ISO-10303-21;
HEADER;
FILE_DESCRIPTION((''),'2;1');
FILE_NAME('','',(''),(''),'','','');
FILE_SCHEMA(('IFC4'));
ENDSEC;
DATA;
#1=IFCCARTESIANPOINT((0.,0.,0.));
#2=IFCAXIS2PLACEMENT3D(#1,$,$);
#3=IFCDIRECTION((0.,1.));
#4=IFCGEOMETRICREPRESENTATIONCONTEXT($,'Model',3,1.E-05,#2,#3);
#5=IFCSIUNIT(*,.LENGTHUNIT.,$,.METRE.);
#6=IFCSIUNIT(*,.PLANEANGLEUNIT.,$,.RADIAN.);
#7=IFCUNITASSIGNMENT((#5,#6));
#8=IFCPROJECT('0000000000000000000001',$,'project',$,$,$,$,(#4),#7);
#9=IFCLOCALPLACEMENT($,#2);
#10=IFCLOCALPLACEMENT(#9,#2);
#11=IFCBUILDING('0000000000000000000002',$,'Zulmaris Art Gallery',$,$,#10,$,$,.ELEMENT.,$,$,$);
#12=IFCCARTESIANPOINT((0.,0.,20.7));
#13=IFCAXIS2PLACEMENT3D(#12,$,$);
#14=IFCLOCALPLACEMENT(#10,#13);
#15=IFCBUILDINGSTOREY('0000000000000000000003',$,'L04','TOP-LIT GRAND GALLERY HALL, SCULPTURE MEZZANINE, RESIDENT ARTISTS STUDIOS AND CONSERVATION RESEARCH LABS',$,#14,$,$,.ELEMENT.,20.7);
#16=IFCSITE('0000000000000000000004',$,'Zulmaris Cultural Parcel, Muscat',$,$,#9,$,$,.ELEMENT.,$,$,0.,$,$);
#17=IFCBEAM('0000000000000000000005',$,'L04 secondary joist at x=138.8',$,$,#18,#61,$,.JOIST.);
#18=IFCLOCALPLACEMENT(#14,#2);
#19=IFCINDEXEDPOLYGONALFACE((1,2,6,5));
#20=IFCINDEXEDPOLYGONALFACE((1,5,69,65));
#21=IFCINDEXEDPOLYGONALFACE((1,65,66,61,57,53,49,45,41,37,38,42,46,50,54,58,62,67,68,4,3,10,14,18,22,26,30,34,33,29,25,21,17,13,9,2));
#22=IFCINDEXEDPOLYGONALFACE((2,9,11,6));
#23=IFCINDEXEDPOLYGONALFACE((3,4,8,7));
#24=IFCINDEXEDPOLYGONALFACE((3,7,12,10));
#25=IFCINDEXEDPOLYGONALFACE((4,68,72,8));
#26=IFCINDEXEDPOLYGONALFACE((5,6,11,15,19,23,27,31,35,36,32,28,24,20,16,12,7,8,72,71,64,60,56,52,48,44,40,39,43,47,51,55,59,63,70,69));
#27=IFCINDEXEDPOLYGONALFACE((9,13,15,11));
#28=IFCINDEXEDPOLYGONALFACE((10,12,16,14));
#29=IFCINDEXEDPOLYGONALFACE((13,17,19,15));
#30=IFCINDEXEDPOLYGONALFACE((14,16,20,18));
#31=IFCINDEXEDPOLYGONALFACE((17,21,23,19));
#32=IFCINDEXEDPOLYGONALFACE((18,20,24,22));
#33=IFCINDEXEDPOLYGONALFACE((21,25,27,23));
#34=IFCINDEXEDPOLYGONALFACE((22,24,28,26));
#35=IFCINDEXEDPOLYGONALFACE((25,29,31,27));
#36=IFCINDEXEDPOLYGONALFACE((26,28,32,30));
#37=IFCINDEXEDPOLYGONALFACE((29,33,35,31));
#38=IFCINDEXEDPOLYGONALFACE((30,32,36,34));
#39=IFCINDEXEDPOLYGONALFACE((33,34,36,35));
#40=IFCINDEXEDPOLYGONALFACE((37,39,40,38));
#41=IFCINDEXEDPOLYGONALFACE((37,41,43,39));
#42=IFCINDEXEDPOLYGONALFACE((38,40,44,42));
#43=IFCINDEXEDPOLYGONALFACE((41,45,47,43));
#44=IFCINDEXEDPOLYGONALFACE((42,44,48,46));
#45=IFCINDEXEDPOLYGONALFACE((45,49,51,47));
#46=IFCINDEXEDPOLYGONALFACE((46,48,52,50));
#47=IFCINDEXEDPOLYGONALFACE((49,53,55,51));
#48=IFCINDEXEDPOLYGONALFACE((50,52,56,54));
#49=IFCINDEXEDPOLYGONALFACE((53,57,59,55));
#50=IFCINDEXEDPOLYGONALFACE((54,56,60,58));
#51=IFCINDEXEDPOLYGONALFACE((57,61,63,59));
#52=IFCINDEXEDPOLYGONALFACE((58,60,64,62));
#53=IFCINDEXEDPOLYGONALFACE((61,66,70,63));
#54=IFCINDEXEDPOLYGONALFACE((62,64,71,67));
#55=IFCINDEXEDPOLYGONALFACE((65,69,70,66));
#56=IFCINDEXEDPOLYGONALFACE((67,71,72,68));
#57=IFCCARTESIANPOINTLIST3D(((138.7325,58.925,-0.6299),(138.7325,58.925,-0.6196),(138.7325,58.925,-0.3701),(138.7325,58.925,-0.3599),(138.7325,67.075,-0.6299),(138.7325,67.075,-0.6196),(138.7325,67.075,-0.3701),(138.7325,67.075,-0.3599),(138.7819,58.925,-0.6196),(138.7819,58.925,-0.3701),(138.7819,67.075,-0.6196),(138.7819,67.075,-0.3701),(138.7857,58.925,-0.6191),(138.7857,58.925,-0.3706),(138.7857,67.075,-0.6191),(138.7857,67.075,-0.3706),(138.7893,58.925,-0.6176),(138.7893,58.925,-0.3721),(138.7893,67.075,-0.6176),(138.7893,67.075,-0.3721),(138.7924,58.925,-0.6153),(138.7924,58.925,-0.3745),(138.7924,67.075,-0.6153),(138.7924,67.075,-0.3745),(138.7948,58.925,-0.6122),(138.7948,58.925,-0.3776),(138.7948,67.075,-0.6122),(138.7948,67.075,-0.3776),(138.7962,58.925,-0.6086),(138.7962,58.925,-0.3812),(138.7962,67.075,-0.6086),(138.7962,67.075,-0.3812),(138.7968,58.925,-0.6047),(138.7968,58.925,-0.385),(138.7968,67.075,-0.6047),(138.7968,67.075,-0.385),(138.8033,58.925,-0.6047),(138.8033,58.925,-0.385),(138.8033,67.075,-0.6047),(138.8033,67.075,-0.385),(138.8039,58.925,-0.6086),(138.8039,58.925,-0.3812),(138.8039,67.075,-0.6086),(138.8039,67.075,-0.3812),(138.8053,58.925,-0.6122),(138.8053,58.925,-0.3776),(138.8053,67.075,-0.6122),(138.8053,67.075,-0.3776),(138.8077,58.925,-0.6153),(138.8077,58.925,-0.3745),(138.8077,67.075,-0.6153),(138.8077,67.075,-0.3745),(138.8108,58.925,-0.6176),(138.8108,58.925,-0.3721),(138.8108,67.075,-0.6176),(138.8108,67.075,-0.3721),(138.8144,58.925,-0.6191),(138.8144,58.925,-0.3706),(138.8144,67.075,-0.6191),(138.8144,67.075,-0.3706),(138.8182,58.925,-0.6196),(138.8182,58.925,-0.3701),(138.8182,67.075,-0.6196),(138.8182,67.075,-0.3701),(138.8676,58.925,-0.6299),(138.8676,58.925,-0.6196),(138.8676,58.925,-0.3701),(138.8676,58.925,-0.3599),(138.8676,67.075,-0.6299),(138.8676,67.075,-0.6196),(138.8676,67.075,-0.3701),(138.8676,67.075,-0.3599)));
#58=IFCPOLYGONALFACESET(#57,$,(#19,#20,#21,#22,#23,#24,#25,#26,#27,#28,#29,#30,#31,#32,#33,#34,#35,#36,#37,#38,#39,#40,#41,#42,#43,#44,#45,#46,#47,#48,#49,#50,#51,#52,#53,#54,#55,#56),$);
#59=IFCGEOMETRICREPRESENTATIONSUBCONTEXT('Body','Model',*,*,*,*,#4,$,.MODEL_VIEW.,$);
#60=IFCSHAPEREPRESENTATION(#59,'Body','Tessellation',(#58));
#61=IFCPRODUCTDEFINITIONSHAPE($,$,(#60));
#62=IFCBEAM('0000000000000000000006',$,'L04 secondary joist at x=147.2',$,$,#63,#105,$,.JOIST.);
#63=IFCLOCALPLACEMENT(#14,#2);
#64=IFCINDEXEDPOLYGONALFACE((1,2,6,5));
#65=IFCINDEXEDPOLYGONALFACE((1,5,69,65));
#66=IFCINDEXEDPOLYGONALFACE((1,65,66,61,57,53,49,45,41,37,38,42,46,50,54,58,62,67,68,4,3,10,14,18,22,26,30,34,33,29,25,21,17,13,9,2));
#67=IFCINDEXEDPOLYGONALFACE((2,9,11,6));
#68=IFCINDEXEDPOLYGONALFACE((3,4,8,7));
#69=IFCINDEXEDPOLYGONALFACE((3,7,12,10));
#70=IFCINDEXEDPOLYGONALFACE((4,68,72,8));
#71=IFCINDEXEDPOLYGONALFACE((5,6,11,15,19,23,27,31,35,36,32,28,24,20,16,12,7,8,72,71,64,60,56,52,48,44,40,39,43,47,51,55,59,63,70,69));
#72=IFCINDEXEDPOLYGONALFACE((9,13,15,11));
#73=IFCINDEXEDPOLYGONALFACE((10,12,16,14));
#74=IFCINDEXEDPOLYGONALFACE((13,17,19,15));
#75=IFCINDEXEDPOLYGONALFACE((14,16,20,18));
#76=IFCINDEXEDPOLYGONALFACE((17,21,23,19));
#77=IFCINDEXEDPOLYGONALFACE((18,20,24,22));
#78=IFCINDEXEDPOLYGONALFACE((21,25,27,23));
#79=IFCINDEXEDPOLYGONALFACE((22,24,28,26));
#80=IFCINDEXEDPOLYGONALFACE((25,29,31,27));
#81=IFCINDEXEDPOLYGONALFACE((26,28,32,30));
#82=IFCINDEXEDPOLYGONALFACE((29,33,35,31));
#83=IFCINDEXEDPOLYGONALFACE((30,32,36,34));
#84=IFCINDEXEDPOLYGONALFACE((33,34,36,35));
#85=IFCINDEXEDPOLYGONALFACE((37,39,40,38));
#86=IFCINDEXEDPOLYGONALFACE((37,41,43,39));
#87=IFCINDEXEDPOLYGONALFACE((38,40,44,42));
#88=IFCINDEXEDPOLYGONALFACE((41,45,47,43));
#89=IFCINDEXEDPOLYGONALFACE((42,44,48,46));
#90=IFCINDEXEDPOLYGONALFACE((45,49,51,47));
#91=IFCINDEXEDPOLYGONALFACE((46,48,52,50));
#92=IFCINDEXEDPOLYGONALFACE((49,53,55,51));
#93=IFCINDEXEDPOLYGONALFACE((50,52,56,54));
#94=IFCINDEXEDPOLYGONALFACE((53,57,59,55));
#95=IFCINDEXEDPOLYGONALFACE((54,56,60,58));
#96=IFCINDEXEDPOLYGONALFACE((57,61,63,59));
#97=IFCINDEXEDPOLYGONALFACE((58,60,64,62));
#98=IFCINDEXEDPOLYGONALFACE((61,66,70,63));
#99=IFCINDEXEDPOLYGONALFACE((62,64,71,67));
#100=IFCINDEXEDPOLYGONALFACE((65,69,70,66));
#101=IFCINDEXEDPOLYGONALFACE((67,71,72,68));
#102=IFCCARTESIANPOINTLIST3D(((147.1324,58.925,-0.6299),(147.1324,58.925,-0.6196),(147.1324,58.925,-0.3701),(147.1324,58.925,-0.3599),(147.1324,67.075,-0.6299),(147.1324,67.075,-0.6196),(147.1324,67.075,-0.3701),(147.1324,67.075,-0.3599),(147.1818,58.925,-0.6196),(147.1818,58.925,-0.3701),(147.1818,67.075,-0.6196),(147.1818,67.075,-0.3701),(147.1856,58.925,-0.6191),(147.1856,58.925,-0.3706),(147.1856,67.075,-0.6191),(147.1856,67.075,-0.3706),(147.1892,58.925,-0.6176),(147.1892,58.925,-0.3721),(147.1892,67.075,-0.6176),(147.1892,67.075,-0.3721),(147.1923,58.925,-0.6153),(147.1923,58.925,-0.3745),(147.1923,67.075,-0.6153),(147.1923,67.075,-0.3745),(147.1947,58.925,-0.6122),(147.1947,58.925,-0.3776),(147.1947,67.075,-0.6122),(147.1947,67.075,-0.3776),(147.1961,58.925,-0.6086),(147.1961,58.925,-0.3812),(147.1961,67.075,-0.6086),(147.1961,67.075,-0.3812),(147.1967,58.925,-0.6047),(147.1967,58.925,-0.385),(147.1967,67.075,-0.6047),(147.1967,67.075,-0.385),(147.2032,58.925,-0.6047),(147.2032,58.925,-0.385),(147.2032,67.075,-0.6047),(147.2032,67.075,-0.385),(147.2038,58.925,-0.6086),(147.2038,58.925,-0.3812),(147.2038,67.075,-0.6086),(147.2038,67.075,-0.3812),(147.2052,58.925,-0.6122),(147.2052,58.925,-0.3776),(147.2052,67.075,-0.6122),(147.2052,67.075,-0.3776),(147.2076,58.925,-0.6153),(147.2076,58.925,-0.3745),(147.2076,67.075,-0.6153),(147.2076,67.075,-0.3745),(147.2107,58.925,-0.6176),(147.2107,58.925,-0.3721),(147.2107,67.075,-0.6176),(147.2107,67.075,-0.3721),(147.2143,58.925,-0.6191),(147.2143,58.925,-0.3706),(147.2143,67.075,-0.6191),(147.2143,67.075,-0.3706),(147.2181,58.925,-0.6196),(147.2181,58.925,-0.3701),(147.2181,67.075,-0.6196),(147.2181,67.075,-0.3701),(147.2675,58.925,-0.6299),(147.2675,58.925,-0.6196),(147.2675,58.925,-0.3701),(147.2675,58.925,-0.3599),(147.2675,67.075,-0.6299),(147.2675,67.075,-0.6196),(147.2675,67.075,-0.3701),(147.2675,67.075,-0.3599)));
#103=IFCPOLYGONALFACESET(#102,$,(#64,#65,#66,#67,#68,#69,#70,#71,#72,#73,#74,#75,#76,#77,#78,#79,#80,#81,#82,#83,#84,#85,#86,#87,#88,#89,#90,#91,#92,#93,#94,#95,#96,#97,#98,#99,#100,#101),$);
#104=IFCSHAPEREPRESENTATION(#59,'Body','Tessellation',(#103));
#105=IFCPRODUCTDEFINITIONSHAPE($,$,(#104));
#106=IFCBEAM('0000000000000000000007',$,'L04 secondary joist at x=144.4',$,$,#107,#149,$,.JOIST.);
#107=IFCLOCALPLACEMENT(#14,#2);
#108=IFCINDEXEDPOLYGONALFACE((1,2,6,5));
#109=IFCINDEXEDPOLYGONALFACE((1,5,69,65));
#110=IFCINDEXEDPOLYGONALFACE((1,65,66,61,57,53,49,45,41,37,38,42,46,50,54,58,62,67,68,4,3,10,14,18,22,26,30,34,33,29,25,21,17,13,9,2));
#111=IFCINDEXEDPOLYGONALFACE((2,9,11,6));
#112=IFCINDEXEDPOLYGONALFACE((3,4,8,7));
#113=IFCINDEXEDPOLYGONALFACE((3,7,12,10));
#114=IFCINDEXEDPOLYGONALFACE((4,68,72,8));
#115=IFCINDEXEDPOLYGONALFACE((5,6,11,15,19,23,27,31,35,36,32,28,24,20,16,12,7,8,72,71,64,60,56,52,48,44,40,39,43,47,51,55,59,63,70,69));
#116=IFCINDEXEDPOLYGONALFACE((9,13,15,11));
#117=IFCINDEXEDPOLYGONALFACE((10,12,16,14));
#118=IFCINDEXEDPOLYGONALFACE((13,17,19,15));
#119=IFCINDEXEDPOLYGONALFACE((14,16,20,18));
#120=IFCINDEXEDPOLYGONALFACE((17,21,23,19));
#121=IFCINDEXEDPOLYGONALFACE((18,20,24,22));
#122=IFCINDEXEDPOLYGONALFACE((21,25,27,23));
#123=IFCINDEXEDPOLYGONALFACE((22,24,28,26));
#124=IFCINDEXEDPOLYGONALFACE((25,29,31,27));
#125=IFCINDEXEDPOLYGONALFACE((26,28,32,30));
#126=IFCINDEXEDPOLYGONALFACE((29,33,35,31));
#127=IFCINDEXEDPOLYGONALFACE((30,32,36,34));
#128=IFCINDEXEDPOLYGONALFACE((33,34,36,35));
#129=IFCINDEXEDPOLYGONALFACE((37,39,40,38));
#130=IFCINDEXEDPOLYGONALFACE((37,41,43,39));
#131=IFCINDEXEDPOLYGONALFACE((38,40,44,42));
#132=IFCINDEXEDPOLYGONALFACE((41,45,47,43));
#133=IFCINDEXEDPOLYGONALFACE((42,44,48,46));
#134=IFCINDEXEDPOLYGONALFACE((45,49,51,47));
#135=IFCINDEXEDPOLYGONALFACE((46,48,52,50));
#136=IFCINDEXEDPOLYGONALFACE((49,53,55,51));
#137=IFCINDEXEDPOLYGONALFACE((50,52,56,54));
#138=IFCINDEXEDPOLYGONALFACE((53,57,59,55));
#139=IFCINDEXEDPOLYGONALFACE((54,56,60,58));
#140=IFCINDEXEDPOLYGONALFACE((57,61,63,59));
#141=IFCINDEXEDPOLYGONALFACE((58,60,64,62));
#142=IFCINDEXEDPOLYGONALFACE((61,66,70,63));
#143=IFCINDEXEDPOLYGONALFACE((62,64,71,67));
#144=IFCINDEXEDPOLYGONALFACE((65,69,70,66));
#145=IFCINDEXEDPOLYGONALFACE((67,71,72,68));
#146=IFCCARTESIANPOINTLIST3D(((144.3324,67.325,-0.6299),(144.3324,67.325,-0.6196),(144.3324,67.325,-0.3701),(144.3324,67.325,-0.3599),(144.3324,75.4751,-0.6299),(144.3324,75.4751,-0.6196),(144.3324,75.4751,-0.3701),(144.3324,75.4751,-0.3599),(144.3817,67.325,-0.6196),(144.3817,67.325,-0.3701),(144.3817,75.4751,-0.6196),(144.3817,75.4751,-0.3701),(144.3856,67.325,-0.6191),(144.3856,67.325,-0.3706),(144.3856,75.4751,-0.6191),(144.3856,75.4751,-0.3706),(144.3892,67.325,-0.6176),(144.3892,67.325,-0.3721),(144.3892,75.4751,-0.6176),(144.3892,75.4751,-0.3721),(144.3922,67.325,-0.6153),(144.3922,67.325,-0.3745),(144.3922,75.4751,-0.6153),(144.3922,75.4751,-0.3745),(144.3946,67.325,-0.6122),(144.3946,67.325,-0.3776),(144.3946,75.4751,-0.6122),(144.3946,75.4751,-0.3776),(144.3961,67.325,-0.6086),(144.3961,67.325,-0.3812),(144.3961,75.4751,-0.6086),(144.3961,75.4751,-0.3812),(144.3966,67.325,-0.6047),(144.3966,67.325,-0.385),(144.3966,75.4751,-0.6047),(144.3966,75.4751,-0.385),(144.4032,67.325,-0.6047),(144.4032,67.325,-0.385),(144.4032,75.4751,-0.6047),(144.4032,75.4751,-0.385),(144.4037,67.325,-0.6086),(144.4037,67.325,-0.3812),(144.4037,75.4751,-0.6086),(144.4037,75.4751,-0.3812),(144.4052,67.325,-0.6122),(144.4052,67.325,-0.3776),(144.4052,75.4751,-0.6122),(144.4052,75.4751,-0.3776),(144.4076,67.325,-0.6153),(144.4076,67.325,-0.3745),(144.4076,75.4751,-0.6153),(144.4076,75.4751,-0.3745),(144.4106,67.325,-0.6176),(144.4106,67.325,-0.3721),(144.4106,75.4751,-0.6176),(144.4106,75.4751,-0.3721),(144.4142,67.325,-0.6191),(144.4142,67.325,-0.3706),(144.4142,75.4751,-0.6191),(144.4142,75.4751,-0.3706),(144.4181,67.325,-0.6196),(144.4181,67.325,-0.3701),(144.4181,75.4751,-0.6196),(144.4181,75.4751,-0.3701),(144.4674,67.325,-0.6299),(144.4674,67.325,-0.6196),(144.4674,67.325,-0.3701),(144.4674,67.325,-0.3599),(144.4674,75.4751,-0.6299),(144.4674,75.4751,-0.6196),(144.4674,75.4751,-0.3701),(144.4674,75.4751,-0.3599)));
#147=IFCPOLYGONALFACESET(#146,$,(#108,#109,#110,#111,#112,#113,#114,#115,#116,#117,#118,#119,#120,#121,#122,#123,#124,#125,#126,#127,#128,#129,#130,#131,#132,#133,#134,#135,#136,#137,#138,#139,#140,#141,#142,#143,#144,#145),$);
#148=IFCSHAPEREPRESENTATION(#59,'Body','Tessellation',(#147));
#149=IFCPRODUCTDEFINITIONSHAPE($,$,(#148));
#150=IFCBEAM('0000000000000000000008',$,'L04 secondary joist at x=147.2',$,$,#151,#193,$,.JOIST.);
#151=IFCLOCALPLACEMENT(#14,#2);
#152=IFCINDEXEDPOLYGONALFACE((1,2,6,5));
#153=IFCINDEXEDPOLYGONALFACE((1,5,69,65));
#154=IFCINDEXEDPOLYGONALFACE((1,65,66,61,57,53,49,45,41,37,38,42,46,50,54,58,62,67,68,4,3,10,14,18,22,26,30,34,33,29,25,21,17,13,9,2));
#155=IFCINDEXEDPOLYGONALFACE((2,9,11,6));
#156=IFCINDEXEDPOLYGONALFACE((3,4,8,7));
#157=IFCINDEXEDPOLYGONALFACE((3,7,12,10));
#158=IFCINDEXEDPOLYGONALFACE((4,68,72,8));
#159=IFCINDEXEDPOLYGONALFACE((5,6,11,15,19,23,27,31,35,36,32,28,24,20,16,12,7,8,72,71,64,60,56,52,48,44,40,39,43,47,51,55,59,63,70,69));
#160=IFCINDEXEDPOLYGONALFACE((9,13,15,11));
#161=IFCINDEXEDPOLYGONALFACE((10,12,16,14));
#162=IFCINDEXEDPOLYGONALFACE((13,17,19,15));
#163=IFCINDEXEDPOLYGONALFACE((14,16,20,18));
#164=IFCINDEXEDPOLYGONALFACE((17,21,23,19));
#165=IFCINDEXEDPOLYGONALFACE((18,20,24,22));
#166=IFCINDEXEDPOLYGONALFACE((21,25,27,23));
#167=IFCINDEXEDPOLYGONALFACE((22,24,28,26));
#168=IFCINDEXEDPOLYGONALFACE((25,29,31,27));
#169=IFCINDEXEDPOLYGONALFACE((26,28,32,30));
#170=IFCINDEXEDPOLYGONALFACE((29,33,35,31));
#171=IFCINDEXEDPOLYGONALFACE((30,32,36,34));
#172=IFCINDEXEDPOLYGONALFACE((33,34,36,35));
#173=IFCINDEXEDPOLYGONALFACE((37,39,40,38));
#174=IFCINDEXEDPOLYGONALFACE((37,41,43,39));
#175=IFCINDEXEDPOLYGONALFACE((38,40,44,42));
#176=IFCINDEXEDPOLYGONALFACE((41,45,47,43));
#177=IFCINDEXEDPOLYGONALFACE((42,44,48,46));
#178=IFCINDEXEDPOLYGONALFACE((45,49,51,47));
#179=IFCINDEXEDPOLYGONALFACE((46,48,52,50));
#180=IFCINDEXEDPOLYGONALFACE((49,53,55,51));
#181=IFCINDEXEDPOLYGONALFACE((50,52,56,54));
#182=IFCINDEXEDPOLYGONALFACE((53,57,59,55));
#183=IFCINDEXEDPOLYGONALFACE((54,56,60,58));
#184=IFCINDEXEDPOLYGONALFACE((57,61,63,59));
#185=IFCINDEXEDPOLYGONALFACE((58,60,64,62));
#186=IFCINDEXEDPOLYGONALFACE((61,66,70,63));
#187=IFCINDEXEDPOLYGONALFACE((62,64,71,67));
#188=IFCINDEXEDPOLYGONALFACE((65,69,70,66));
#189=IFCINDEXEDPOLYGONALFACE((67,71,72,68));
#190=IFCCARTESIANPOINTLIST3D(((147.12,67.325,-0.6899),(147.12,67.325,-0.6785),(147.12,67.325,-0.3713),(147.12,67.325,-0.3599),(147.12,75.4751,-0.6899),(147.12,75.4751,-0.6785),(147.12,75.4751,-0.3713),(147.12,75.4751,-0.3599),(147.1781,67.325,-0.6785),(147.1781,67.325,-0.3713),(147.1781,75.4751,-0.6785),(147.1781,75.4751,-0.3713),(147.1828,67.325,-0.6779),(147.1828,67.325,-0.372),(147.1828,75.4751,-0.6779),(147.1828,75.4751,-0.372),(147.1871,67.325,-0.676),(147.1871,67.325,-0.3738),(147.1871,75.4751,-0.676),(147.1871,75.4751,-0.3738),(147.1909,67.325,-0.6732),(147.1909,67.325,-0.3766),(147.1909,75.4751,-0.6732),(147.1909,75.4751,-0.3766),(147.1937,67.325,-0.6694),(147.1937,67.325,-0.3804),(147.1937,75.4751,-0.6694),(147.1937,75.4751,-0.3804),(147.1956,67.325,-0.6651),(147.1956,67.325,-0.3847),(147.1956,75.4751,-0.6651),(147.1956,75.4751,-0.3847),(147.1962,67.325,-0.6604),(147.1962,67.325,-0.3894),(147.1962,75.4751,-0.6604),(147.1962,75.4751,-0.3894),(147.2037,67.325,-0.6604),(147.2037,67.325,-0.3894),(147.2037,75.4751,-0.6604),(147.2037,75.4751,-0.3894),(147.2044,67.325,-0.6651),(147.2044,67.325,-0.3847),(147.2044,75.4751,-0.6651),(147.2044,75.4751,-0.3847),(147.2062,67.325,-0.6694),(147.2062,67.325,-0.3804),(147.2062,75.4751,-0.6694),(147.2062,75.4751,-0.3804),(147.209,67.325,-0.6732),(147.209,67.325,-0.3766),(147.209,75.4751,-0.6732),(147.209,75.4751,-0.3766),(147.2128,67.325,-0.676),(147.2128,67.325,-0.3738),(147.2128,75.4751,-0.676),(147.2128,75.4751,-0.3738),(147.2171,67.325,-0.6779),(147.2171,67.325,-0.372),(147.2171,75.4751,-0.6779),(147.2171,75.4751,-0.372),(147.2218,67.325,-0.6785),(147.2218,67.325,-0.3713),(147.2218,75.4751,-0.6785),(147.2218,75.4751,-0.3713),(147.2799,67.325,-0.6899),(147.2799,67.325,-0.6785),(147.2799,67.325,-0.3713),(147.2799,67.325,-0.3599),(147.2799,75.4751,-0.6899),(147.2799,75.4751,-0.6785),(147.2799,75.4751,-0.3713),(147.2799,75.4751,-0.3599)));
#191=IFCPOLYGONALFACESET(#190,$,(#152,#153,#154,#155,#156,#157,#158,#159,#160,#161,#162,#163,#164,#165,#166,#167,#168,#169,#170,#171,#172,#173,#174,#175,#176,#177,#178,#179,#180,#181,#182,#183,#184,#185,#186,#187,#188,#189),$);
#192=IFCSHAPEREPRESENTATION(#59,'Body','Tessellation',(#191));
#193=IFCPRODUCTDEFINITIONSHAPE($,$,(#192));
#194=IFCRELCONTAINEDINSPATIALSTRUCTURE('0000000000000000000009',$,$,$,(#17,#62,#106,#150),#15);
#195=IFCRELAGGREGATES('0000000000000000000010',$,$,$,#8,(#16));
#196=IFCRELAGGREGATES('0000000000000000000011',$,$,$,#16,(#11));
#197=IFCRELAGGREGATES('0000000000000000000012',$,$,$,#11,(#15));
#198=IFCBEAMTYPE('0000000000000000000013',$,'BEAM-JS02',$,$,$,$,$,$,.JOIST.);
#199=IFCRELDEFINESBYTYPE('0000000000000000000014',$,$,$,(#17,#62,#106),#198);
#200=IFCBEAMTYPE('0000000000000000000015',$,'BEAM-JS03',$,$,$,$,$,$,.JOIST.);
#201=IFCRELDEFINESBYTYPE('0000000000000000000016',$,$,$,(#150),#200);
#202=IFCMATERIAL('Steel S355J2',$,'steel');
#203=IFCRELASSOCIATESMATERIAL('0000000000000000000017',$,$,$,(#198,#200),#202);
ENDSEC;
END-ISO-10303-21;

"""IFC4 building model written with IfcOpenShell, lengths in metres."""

from ifc_helpers import new_model, si_unit, direction, frame, origin, origin_2d, place, context, subcontext, project, spatial, i_section, extrude, material, material_profile, profile_set, type_object, element, save


model = new_model("IFC4")

# Units and contexts
model_context = context("Model", 3, precision=1e-05, world=origin(), true_north=direction((0.0, 1.0)))
body_context = subcontext(model_context, "Body", "Model", "MODEL_VIEW")
ifc_project = project(units=[si_unit("LENGTHUNIT", "METRE"), si_unit("PLANEANGLEUNIT", "RADIAN")], contexts=[model_context])

# Site, building, storey
site_placement = place(None, origin())
site = spatial("IfcSite", under=ifc_project, at=site_placement, Name="Zulmaris Cultural Parcel, Muscat", CompositionType="ELEMENT", RefElevation=0.0)
building_placement = place(site_placement, origin())
building = spatial("IfcBuilding", under=site, at=building_placement, Name="Zulmaris Art Gallery", CompositionType="ELEMENT")
storey_placement = place(building_placement, frame((0.0, 0.0, 20.7)))
storey = spatial("IfcBuildingStorey", under=building, at=storey_placement, Name="L04", Description="TOP-LIT GRAND GALLERY HALL, SCULPTURE MEZZANINE, RESIDENT ARTISTS STUDIOS AND CONSERVATION RESEARCH LABS", CompositionType="ELEMENT", Elevation=20.7)

# Beams
ifc_material_1 = material(Name="Steel S355J2", Category="steel")
ifc_material_profile_1 = material_profile(ifc_material_1, i_section(OverallWidth=0.135, OverallDepth=0.27, WebThickness=0.0066, FlangeThickness=0.0103, FilletRadius=0.0149, at=origin_2d()), Name="IPE 270")
ifc_profile_set_1 = profile_set([ifc_material_profile_1], Name="Steel S355J2")
beam_type_1 = type_object("IfcBeamType", Name="BEAM-JS02", PredefinedType="JOIST", material=ifc_profile_set_1)
for number, where, z_axis, x_axis, name in (
    (1, (138.8, 58.925, -0.4949), (0.0, 1.0, 0.0), (-1.0, 0.0, 0.0), "L04 secondary joist at x=138.8"),
    (2, (147.2, 58.925, -0.4949), (0.0, 1.0, 0.0), (-1.0, 0.0, 0.0), "L04 secondary joist at x=147.2"),
):
    element("IfcBeam", number, at=place(storey_placement, frame(where, z_axis=z_axis, x_axis=x_axis)), inside=storey, type_object=beam_type_1, Name=name, PredefinedType="JOIST", context=body_context, shape_type="SweptSolid", body=[
        extrude(i_section(OverallWidth=0.135, OverallDepth=0.27, WebThickness=0.0066, FlangeThickness=0.0103, FilletRadius=0.0149, at=origin_2d()), origin(), (0.0, 0.0, 1.0), 8.1499),
    ])
beam_1_placement = place(storey_placement, frame((144.3999, 67.325, -0.4949), z_axis=(0.0, 1.0, 0.0), x_axis=(-1.0, 0.0, 0.0)))
element("IfcBeam", 3, at=beam_1_placement, inside=storey, type_object=beam_type_1, Name="L04 secondary joist at x=144.4", PredefinedType="JOIST", context=body_context, shape_type="SweptSolid", body=[
    extrude(i_section(OverallWidth=0.135, OverallDepth=0.27, WebThickness=0.0066, FlangeThickness=0.0103, FilletRadius=0.0149, at=origin_2d()), origin(), (0.0, 0.0, 1.0), 8.1501),
])
ifc_material_profile_2 = material_profile(ifc_material_1, i_section(OverallWidth=0.1599, OverallDepth=0.3301, WebThickness=0.0076, FlangeThickness=0.0115, FilletRadius=0.0181, at=origin_2d()), Name="IPE 330")
ifc_profile_set_2 = profile_set([ifc_material_profile_2], Name="Steel S355J2")
beam_type_2 = type_object("IfcBeamType", Name="BEAM-JS03", PredefinedType="JOIST", material=ifc_profile_set_2)
beam_2_placement = place(storey_placement, frame((147.2, 67.325, -0.5249), z_axis=(0.0, 1.0, 0.0), x_axis=(-1.0, 0.0, 0.0)))
element("IfcBeam", 4, at=beam_2_placement, inside=storey, type_object=beam_type_2, Name="L04 secondary joist at x=147.2", PredefinedType="JOIST", context=body_context, shape_type="SweptSolid", body=[
    extrude(i_section(OverallWidth=0.1599, OverallDepth=0.3301, WebThickness=0.0076, FlangeThickness=0.0115, FilletRadius=0.0181, at=origin_2d()), origin(), (0.0, 0.0, 1.0), 8.1501),
])

save(model, "model.ifc")
